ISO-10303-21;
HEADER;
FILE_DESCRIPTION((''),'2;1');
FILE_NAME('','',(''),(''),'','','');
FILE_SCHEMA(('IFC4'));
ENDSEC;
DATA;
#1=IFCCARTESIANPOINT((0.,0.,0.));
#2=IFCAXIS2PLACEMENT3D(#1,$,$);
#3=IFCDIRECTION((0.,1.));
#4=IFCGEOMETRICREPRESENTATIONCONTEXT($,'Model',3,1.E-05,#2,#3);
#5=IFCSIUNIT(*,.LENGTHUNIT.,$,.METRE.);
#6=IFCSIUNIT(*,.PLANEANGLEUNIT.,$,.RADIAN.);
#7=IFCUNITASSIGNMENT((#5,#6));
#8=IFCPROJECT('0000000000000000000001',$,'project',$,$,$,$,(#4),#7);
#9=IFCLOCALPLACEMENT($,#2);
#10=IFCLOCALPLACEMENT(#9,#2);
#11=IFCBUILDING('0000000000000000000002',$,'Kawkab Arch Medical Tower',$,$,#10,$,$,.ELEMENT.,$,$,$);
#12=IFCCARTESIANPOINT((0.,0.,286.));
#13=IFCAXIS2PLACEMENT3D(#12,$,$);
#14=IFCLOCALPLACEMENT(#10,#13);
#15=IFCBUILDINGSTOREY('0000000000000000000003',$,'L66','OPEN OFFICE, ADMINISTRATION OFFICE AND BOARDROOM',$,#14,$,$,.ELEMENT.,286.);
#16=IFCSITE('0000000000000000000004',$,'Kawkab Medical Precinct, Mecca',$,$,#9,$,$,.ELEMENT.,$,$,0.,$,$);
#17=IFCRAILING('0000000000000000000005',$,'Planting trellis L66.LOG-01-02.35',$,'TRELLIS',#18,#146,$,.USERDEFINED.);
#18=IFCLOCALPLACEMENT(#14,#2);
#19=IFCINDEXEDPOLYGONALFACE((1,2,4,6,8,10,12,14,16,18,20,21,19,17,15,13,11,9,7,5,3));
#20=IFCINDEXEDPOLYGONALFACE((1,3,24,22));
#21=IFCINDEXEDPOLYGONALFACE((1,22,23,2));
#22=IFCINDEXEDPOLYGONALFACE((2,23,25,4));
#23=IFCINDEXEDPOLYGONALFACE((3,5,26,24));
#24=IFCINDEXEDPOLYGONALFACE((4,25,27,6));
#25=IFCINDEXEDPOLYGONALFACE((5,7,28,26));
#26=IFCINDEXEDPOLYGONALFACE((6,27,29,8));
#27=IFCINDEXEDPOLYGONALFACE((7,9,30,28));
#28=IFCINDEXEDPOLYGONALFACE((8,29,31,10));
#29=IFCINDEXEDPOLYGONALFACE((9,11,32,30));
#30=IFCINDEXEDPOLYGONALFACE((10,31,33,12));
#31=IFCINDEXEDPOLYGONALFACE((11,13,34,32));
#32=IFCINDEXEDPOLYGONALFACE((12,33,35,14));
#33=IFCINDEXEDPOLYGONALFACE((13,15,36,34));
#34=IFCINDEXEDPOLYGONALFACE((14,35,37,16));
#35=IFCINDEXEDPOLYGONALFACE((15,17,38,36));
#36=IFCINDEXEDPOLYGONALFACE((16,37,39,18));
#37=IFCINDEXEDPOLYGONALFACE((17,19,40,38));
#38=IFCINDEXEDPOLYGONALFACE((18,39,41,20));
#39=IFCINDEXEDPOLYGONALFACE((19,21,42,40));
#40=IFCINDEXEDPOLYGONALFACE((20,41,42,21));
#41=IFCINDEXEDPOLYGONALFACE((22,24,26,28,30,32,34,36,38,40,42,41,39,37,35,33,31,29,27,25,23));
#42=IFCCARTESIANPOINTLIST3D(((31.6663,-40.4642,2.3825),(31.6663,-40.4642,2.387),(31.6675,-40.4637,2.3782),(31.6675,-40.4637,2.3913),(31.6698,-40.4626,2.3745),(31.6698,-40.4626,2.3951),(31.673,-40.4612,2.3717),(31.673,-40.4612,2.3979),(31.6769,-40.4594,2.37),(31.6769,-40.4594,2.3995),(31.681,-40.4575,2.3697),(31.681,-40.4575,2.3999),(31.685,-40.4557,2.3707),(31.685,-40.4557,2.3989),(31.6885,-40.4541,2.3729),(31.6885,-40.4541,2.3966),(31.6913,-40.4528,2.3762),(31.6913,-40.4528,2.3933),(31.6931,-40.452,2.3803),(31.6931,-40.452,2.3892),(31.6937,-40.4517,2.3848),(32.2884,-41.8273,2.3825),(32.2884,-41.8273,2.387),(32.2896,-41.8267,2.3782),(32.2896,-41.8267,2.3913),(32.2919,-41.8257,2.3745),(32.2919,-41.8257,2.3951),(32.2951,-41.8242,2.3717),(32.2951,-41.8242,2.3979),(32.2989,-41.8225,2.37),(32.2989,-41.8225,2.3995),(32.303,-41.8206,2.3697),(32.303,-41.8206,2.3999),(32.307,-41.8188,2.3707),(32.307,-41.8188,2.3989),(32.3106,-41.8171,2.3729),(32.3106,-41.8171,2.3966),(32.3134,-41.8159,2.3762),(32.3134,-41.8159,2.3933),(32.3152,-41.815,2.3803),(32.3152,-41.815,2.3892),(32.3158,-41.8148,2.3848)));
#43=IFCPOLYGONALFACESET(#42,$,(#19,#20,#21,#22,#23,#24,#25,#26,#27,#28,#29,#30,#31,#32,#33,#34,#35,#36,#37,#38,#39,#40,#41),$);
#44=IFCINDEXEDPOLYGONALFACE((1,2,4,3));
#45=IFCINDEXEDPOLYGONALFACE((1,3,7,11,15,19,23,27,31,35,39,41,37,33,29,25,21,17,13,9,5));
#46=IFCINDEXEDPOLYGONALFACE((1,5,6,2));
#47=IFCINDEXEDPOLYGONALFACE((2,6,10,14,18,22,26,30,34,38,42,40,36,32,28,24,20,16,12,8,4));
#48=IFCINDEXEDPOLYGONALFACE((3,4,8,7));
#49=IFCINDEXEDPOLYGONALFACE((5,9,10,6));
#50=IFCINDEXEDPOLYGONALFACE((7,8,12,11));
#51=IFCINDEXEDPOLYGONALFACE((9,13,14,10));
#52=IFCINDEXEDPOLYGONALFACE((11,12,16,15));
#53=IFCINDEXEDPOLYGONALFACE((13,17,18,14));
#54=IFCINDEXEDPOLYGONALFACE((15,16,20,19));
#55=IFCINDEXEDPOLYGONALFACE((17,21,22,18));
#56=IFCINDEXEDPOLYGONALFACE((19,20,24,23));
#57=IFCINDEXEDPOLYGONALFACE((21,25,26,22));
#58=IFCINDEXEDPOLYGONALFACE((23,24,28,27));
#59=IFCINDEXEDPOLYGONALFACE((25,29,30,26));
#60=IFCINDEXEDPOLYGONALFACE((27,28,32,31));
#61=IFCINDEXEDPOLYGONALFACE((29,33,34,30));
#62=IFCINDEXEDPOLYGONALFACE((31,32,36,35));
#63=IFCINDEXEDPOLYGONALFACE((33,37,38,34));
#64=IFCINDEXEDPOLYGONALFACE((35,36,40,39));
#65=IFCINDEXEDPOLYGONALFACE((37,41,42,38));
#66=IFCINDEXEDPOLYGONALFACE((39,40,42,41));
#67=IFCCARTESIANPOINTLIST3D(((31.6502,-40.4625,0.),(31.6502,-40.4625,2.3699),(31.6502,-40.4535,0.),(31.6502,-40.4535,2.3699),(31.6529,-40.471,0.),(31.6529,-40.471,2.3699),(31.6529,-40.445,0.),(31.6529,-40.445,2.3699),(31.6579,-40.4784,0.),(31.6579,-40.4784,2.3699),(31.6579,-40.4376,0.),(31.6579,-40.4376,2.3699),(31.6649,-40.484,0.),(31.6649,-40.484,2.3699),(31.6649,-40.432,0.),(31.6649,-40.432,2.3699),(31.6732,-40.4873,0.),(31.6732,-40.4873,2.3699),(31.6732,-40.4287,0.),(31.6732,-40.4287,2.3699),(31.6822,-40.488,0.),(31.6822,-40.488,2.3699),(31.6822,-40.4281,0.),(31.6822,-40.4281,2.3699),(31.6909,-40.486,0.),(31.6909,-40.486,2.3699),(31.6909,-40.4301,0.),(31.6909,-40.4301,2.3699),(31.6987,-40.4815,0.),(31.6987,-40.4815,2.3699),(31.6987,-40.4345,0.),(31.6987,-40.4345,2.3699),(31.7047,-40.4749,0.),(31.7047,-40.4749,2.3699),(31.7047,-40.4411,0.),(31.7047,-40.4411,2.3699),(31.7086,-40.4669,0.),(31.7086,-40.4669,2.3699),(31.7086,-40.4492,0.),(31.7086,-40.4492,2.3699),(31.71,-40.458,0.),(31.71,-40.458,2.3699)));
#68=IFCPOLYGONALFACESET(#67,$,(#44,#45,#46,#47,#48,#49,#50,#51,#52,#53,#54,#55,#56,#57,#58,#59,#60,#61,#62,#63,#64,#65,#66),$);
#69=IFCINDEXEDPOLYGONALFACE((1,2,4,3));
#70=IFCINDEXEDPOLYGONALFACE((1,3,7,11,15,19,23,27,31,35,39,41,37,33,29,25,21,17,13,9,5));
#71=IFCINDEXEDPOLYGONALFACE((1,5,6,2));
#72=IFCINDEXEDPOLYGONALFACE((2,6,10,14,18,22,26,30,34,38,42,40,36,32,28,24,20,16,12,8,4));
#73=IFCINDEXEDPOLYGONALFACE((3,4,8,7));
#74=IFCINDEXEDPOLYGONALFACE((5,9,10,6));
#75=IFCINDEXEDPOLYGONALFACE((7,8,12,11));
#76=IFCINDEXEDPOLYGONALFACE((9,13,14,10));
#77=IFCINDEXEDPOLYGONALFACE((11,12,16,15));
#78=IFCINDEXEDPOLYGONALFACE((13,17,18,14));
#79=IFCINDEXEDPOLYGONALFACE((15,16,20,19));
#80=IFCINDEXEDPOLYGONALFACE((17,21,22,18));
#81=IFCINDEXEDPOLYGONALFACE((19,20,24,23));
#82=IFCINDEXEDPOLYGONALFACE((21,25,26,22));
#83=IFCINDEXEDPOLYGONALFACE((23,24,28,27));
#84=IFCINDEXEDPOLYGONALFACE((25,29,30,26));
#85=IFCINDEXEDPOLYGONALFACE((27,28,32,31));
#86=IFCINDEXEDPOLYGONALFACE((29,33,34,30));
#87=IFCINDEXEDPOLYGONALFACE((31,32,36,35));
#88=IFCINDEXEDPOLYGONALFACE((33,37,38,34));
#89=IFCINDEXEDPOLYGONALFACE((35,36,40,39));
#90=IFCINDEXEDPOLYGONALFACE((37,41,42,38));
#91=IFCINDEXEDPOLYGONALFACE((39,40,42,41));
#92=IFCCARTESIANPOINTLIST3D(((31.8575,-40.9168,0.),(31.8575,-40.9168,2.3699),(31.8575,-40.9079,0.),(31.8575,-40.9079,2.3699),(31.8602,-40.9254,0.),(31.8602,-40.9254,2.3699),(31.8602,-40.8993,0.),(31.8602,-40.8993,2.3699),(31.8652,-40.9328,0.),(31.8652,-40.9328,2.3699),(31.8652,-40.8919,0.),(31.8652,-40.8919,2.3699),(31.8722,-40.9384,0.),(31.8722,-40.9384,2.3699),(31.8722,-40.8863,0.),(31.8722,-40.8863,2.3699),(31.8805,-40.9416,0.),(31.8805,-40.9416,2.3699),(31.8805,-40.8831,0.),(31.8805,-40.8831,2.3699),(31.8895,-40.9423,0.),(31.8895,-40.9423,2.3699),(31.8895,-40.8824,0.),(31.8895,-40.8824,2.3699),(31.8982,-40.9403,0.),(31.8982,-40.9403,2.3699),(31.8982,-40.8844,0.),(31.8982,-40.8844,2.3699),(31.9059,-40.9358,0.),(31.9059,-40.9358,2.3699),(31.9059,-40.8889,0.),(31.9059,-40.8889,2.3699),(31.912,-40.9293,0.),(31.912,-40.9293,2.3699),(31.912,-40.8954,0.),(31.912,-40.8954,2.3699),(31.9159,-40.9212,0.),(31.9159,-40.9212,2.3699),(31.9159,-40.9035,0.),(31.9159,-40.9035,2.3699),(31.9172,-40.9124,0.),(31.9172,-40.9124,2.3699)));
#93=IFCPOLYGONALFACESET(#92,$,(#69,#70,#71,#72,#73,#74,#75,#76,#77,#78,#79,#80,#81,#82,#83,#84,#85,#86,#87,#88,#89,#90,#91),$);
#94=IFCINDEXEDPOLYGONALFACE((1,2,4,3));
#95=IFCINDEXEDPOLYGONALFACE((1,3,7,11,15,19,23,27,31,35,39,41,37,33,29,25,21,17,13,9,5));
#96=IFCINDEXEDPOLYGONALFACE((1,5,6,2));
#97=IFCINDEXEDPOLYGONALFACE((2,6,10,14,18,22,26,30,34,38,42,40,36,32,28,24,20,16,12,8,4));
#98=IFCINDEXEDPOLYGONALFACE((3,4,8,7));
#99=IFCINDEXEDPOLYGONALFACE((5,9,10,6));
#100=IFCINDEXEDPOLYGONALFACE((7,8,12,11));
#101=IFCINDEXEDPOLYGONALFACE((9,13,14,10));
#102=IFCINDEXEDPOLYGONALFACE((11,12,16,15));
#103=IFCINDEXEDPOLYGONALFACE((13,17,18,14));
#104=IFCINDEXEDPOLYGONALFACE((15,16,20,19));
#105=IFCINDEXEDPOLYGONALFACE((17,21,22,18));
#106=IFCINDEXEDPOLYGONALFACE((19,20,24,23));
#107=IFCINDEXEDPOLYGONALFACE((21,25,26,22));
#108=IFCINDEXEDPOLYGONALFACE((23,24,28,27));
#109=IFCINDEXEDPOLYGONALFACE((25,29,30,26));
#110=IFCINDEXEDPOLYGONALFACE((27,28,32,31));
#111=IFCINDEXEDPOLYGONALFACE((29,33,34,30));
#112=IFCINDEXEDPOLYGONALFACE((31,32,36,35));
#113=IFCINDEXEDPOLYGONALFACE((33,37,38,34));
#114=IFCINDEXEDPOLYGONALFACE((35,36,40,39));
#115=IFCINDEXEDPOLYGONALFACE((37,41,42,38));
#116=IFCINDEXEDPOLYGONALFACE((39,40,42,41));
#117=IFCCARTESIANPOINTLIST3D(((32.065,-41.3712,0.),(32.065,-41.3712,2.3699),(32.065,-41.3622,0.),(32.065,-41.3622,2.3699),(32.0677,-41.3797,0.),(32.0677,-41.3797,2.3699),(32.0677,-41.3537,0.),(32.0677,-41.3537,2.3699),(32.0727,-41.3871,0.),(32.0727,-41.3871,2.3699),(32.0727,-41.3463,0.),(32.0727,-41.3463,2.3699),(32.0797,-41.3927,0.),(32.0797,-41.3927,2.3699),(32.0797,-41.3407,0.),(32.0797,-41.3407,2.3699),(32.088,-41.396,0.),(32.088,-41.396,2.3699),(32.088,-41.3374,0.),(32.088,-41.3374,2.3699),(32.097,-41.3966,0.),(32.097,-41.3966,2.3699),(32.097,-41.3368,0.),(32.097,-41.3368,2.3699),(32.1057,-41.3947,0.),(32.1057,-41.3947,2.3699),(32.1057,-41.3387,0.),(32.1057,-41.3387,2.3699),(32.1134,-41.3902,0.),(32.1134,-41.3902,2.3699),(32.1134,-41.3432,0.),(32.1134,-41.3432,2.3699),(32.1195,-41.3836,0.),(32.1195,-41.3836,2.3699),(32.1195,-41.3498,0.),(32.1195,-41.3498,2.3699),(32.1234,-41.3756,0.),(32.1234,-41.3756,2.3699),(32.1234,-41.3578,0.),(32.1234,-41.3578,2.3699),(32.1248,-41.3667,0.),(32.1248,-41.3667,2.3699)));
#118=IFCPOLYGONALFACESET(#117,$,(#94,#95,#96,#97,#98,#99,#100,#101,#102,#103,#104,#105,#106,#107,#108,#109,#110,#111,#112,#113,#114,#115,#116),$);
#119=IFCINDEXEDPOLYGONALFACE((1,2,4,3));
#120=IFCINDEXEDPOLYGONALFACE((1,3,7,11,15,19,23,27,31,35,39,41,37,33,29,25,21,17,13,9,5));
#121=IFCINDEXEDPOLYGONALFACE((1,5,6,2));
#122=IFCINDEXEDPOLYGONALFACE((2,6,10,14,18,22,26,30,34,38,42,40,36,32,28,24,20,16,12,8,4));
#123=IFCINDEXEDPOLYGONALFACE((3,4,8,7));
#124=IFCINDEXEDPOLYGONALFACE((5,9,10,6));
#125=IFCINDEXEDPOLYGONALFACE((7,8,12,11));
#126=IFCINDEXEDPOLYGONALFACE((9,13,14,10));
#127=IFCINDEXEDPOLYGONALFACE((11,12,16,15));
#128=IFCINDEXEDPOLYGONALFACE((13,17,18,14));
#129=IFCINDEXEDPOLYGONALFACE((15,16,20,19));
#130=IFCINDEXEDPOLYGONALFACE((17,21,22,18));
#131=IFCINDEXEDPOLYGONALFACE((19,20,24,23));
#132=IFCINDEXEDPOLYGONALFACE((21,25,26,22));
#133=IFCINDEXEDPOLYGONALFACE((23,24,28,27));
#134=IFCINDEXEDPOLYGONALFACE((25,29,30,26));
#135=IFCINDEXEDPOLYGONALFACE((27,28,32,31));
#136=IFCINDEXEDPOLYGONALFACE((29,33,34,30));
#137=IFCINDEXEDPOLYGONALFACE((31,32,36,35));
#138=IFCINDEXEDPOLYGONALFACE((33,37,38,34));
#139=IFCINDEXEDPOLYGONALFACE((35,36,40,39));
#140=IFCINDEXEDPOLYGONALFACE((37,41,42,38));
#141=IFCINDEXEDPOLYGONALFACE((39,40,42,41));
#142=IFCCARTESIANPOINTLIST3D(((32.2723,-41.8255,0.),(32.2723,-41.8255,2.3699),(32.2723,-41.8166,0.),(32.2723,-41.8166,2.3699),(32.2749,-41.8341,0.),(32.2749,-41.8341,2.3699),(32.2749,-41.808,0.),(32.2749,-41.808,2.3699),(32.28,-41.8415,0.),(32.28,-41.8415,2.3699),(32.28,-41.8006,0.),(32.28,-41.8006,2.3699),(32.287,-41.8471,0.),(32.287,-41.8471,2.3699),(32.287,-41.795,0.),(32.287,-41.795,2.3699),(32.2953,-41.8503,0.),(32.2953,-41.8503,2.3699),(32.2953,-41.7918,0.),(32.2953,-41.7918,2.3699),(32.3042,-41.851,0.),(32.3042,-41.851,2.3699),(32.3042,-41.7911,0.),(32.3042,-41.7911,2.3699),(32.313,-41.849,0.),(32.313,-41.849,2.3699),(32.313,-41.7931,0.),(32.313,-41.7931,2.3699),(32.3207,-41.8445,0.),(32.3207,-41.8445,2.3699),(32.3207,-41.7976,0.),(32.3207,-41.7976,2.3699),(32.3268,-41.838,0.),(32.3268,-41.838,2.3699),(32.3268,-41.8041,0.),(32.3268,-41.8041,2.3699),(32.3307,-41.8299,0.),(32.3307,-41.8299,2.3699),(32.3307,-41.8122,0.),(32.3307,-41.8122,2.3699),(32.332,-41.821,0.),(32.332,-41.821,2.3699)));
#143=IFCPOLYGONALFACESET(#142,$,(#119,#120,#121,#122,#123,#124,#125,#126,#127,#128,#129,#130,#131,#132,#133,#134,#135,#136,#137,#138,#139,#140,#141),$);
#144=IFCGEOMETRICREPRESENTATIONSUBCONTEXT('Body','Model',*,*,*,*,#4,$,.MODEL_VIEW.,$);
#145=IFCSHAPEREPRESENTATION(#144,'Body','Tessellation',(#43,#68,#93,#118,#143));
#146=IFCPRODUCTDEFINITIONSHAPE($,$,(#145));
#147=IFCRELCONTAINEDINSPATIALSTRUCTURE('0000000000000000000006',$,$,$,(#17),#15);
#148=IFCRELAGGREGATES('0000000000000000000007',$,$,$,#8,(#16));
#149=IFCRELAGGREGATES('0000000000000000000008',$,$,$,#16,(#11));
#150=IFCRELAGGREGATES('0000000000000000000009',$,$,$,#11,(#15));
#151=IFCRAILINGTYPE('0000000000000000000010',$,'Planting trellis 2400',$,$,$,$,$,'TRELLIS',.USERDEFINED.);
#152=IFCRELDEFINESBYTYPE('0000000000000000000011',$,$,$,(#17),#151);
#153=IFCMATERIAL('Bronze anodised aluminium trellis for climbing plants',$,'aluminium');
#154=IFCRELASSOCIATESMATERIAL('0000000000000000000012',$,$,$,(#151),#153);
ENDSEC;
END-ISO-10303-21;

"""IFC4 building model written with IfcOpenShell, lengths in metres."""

from ifc_helpers import new_model, si_unit, direction, frame, origin, origin_2d, place, context, subcontext, project, spatial, circle, extrude, material, type_object, element, save


model = new_model("IFC4")

# Units and contexts
model_context = context("Model", 3, precision=1e-05, world=origin(), true_north=direction((0.0, 1.0)))
body_context = subcontext(model_context, "Body", "Model", "MODEL_VIEW")
ifc_project = project(units=[si_unit("LENGTHUNIT", "METRE"), si_unit("PLANEANGLEUNIT", "RADIAN")], contexts=[model_context])

# Site, building, storey
site_placement = place(None, origin())
site = spatial("IfcSite", under=ifc_project, at=site_placement, Name="Kawkab Medical Precinct, Mecca", CompositionType="ELEMENT", RefElevation=0.0)
building_placement = place(site_placement, origin())
building = spatial("IfcBuilding", under=site, at=building_placement, Name="Kawkab Arch Medical Tower", CompositionType="ELEMENT")
storey_placement = place(building_placement, frame((0.0, 0.0, 286.0)))
storey = spatial("IfcBuildingStorey", under=building, at=storey_placement, Name="L66", Description="OPEN OFFICE, ADMINISTRATION OFFICE AND BOARDROOM", CompositionType="ELEMENT", Elevation=286.0)

# Railing
ifc_material_1 = material(Name="Bronze anodised aluminium trellis for climbing plants", Category="aluminium")
railing_type = type_object("IfcRailingType", Name="Planting trellis 2400", ElementType="TRELLIS", PredefinedType="USERDEFINED", material=ifc_material_1)
railing_1_placement = place(storey_placement, frame((31.6799, -40.458, 0.0)))
element("IfcRailing", 1, at=railing_1_placement, inside=storey, type_object=railing_type, Name="Planting trellis L66.LOG-01-02.35", ObjectType="TRELLIS", PredefinedType="USERDEFINED", context=body_context, shape_type="SweptSolid", body=[
    extrude(circle(Radius=0.0151, at=origin_2d()), frame((0.0, 0.0, 2.3848), z_axis=(0.41519, -0.909735, 0.0), x_axis=(0.909735, 0.41519, 0.0)), (0.0, 0.0, 1.0), 1.4983),
    extrude(circle(Radius=0.03, at=origin_2d()), origin(), (0.0, 0.0, 1.0), 2.3699),
    extrude(circle(Radius=0.03, at=origin_2d()), frame((0.2073, -0.4543, 0.0)), (0.0, 0.0, 1.0), 2.3699),
    extrude(circle(Radius=0.03, at=origin_2d()), frame((0.4148, -0.9087, 0.0)), (0.0, 0.0, 1.0), 2.3699),
    extrude(circle(Radius=0.03, at=origin_2d()), frame((0.6221, -1.363, 0.0)), (0.0, 0.0, 1.0), 2.3699),
])

save(model, "model.ifc")
